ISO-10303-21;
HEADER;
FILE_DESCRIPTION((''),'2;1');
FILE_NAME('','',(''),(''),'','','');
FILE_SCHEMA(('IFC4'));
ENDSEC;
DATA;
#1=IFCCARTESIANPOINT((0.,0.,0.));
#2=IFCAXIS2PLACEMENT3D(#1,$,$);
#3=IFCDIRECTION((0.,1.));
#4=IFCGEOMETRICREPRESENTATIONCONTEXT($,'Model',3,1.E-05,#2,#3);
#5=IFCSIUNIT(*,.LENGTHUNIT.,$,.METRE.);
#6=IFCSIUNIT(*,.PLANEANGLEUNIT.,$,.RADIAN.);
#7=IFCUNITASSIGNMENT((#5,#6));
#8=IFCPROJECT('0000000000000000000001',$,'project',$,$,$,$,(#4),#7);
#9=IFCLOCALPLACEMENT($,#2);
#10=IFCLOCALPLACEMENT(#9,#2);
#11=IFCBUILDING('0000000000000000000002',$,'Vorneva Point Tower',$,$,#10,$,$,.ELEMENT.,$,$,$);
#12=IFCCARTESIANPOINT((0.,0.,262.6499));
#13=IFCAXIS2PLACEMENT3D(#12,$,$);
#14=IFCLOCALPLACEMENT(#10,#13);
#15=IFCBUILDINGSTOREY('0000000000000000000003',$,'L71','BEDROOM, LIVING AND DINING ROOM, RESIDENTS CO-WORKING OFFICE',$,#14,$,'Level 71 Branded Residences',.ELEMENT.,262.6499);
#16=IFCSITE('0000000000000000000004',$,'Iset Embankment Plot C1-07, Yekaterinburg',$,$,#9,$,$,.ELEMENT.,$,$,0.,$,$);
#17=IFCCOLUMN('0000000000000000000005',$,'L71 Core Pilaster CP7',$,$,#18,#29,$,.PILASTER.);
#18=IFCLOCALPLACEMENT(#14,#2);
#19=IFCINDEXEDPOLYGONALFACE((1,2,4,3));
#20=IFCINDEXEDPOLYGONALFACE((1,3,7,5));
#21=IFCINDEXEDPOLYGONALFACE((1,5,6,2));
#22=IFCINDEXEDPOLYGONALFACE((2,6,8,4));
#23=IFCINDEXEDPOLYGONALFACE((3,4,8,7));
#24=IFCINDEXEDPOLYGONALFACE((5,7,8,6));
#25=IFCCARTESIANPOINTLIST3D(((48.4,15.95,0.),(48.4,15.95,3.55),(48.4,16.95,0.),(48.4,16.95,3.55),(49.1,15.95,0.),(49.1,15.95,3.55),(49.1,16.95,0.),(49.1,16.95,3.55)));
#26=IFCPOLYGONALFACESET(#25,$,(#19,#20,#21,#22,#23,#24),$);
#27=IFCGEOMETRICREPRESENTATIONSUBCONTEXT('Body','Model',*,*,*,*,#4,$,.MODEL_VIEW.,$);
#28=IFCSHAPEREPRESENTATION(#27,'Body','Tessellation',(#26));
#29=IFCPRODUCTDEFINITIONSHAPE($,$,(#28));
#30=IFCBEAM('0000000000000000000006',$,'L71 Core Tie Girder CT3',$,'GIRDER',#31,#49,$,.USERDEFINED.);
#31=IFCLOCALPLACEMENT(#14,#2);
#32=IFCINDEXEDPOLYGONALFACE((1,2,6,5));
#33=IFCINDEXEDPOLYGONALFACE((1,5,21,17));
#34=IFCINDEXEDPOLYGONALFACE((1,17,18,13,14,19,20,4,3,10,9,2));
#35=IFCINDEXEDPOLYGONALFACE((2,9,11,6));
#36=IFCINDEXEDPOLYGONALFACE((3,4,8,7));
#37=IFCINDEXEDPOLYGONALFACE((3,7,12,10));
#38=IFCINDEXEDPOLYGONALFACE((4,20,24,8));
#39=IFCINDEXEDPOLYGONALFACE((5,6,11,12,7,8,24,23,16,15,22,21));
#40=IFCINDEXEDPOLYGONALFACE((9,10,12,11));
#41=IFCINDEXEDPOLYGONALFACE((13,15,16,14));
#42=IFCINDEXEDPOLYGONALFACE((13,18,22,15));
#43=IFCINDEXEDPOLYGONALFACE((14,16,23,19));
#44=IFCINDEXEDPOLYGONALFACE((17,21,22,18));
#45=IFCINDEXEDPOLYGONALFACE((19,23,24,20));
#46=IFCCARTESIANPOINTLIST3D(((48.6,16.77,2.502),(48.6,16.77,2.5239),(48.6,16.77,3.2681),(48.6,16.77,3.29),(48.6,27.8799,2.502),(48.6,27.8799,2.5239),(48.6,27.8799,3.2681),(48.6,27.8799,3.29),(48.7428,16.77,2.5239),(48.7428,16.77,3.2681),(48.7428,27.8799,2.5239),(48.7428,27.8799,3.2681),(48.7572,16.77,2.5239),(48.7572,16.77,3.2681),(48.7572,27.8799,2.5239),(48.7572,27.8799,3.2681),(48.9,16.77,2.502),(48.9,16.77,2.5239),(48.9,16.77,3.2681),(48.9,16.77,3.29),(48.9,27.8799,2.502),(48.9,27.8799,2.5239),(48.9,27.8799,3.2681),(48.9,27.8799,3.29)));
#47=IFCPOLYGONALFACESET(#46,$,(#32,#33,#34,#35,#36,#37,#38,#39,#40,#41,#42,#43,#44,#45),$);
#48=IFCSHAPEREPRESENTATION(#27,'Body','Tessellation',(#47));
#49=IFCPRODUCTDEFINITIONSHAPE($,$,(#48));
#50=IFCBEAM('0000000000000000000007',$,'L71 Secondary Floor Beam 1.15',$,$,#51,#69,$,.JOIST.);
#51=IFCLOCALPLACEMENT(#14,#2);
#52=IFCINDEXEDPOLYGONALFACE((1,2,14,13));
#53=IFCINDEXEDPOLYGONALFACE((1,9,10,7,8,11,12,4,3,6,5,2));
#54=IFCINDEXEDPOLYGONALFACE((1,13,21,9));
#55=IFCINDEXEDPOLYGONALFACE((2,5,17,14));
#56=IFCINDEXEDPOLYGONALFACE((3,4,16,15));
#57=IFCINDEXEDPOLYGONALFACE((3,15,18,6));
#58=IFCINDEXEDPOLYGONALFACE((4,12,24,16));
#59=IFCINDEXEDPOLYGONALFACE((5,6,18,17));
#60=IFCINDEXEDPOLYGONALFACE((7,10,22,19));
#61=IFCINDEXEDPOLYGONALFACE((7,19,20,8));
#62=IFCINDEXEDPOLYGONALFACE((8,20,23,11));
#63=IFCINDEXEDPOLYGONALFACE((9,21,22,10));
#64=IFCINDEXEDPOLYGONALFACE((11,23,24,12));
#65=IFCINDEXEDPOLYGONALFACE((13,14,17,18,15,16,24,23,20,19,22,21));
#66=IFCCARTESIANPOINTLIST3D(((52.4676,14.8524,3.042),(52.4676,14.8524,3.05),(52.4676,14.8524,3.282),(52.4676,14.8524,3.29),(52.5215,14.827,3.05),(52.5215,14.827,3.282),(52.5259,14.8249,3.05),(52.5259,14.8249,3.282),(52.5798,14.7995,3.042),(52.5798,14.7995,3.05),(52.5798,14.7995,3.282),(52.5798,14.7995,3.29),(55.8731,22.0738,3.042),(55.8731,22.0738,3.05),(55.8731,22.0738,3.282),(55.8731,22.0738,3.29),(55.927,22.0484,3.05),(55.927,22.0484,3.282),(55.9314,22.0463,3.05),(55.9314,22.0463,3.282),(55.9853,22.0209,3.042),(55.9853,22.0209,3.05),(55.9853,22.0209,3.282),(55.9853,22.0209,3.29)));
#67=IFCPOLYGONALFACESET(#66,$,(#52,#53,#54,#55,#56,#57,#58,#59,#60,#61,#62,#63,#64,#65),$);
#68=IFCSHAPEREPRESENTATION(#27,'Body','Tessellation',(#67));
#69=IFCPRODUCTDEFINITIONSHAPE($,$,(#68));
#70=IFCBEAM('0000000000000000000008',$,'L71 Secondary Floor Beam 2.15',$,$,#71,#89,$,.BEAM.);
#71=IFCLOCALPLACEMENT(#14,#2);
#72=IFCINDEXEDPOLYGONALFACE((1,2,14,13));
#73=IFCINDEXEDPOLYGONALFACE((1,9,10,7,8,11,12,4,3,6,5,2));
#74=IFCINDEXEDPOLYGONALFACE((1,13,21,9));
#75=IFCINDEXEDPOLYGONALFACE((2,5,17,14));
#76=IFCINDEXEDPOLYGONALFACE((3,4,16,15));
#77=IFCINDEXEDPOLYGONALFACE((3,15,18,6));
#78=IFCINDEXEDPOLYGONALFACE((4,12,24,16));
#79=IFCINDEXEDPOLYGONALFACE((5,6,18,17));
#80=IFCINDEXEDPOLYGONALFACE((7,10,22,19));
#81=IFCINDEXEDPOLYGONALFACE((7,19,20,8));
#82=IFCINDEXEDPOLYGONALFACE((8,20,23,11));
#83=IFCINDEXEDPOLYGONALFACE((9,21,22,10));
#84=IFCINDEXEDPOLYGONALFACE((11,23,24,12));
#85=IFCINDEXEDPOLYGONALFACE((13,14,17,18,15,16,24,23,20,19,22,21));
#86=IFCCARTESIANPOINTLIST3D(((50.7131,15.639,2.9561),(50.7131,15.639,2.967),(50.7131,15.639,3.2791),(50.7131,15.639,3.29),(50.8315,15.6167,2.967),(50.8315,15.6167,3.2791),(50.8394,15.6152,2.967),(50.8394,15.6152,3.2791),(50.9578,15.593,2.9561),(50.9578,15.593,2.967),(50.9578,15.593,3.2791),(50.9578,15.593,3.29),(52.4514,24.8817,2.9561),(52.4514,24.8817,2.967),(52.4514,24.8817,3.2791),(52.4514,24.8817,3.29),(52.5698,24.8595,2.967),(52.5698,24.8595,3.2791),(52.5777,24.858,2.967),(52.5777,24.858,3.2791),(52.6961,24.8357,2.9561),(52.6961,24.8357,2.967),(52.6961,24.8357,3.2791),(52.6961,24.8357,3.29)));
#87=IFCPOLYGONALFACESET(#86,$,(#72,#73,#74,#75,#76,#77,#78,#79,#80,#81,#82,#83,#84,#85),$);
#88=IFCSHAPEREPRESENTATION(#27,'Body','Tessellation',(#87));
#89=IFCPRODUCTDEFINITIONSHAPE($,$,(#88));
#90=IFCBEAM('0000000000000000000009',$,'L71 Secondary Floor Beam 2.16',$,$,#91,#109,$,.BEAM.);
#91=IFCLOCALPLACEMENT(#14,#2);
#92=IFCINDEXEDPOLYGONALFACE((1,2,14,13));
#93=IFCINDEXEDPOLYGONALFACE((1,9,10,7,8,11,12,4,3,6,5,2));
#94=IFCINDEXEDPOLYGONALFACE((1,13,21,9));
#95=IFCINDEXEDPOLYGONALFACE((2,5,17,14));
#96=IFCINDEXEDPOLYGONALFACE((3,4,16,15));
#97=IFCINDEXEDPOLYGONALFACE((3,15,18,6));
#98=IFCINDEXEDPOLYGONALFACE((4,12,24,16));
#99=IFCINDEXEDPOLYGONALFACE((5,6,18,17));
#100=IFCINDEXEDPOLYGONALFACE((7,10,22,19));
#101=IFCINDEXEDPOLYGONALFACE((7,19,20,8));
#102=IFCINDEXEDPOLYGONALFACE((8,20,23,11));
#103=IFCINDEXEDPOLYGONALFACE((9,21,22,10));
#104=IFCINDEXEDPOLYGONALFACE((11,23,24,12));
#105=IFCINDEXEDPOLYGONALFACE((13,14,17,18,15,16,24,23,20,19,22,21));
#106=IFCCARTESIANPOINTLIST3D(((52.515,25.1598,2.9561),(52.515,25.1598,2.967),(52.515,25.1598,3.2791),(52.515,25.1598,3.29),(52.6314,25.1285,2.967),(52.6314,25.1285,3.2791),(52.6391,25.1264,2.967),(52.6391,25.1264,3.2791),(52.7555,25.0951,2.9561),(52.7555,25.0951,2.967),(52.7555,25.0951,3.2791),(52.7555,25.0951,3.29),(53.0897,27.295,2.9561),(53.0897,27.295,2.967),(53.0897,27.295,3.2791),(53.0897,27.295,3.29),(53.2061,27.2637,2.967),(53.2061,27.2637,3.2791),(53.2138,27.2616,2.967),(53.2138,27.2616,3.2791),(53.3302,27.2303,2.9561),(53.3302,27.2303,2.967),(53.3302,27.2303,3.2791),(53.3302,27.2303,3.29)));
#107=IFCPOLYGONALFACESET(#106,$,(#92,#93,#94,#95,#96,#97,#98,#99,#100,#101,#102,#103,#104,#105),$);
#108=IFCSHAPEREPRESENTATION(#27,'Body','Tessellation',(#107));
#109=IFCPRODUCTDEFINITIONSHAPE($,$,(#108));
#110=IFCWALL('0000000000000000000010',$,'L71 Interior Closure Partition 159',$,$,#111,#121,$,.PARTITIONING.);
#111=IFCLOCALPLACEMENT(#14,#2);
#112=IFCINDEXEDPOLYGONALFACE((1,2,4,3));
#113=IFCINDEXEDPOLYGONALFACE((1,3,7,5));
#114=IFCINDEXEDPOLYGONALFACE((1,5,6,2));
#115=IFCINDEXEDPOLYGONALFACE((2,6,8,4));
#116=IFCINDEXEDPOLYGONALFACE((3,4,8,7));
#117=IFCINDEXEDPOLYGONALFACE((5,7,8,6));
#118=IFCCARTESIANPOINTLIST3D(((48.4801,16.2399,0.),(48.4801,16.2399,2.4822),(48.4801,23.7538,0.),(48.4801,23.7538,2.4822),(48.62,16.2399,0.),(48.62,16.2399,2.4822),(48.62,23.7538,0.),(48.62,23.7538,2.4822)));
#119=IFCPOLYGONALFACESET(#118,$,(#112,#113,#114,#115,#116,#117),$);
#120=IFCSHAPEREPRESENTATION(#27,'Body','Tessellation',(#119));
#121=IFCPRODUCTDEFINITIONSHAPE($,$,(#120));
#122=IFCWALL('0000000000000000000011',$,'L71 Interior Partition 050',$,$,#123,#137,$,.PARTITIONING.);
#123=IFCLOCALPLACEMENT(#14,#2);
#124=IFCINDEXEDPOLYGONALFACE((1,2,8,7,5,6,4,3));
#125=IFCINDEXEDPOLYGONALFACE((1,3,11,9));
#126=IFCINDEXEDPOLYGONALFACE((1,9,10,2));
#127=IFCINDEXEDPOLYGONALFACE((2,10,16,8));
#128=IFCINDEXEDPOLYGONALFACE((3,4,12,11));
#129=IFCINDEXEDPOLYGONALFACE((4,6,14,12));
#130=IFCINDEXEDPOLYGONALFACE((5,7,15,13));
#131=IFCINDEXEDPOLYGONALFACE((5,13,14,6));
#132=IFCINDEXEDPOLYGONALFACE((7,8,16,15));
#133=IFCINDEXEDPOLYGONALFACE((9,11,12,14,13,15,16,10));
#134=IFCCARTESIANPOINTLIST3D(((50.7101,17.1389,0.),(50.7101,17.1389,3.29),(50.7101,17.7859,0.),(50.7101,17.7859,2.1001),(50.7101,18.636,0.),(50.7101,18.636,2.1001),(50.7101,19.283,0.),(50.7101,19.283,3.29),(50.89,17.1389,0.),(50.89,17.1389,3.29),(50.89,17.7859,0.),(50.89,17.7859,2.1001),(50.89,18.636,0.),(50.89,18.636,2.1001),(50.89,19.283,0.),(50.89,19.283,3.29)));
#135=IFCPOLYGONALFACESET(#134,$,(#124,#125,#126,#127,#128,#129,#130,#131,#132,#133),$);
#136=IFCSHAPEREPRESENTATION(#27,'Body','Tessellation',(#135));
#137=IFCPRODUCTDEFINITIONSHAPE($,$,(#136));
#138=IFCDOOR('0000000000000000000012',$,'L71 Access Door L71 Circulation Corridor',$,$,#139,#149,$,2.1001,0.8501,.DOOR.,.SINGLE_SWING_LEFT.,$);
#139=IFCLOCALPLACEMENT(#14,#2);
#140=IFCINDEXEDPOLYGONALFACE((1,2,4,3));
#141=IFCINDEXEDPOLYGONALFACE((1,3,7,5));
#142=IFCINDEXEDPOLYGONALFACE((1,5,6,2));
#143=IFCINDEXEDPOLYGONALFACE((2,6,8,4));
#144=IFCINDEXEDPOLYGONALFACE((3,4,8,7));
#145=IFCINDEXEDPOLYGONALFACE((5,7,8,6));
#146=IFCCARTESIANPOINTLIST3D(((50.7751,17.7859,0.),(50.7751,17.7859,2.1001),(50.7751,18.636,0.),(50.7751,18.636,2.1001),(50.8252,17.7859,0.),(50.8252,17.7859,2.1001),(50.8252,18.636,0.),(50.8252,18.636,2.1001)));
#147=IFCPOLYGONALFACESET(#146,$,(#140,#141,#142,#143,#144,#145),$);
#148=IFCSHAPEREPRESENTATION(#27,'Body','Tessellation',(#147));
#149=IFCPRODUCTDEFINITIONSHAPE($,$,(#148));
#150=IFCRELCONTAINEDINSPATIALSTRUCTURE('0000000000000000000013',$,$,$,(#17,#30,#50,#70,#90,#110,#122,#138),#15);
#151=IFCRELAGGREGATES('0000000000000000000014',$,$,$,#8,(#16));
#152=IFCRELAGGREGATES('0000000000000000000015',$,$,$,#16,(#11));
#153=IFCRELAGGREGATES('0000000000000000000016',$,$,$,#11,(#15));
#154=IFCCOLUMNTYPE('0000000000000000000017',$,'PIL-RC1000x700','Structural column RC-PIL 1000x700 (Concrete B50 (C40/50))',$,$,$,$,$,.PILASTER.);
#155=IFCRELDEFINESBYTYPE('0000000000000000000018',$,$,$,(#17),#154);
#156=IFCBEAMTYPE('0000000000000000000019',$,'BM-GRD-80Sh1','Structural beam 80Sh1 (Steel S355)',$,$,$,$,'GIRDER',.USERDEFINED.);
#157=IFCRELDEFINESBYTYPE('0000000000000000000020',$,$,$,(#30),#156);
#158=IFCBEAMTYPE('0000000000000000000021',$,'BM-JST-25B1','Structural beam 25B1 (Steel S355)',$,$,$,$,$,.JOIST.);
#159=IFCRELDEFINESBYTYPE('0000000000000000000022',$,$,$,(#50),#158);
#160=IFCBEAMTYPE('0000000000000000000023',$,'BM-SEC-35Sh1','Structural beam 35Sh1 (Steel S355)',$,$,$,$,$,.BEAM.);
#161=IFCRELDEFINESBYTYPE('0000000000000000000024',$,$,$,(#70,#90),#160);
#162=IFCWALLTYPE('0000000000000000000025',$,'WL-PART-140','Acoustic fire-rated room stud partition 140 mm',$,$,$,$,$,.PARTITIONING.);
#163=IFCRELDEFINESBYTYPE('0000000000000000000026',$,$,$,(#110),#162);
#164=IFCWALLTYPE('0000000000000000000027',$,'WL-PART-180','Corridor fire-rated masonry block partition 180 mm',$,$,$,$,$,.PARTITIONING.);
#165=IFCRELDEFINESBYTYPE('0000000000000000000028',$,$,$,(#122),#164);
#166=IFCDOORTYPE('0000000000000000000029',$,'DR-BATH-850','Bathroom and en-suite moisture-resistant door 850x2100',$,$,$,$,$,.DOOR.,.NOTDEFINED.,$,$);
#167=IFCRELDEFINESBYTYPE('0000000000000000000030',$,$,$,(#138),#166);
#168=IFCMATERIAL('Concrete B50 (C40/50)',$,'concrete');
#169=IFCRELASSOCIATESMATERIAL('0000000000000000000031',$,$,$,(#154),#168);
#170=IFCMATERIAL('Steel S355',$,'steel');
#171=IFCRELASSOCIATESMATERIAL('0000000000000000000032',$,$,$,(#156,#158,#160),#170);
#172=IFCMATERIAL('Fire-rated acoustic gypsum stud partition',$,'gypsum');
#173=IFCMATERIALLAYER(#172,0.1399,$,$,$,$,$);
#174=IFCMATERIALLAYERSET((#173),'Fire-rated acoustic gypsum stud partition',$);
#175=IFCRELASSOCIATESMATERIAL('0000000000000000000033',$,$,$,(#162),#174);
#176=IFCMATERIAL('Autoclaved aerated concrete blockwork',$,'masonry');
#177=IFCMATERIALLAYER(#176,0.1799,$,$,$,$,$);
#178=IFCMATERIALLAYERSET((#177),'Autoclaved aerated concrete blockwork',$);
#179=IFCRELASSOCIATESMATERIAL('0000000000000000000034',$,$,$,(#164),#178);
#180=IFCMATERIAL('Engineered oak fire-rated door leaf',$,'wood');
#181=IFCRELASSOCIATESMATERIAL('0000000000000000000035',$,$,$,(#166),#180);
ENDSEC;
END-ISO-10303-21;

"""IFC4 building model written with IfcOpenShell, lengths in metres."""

from ifc_helpers import new_model, si_unit, direction, frame, frame_2d, origin, origin_2d, place, context, subcontext, project, spatial, rectangle, i_section, extrude, material, layer, layer_set, material_profile, profile_set, type_object, element, fill, save


model = new_model("IFC4")

# Units and contexts
model_context = context("Model", 3, precision=1e-05, world=origin(), true_north=direction((0.0, 1.0)))
body_context = subcontext(model_context, "Body", "Model", "MODEL_VIEW")
ifc_project = project(units=[si_unit("LENGTHUNIT", "METRE"), si_unit("PLANEANGLEUNIT", "RADIAN")], contexts=[model_context])

# Site, building, storey
site_placement = place(None, origin())
site = spatial("IfcSite", under=ifc_project, at=site_placement, Name="Iset Embankment Plot C1-07, Yekaterinburg", CompositionType="ELEMENT", RefElevation=0.0)
building_placement = place(site_placement, origin())
building = spatial("IfcBuilding", under=site, at=building_placement, Name="Vorneva Point Tower", CompositionType="ELEMENT")
storey_placement = place(building_placement, frame((0.0, 0.0, 262.6499)))
storey = spatial("IfcBuildingStorey", under=building, at=storey_placement, Name="L71", Description="BEDROOM, LIVING AND DINING ROOM, RESIDENTS CO-WORKING OFFICE", LongName="Level 71 Branded Residences", CompositionType="ELEMENT", Elevation=262.6499)

# Column
ifc_material_1 = material(Name="Concrete B50 (C40/50)", Category="concrete")
ifc_material_profile_1 = material_profile(ifc_material_1, rectangle(XDim=0.7, YDim=1.0, at=origin_2d()), Name="RC-PIL 1000x700")
ifc_profile_set_1 = profile_set([ifc_material_profile_1], Name="Concrete B50 (C40/50)")
column_type = type_object("IfcColumnType", Name="PIL-RC1000x700", Description="Structural column RC-PIL 1000x700 (Concrete B50 (C40/50))", PredefinedType="PILASTER", material=ifc_profile_set_1)
column_placement = place(storey_placement, frame((48.75, 16.45, 0.0), z_axis=(0.0, 0.0, 1.0), x_axis=(1.0, 0.0, 0.0)))
element("IfcColumn", 1, at=column_placement, inside=storey, type_object=column_type, Name="L71 Core Pilaster CP7", PredefinedType="PILASTER", context=body_context, shape_type="SweptSolid", body=[
    extrude(rectangle(XDim=0.7, YDim=1.0, at=origin_2d()), origin(), (0.0, 0.0, 1.0), 3.55),
])

# Beams
ifc_material_2 = material(Name="Steel S355", Category="steel")
ifc_material_profile_2 = material_profile(ifc_material_2, i_section(OverallWidth=0.3, OverallDepth=0.7881, WebThickness=0.0144, FlangeThickness=0.022, at=origin_2d()), Name="80Sh1")
ifc_profile_set_2 = profile_set([ifc_material_profile_2], Name="Steel S355")
beam_type_1 = type_object("IfcBeamType", Name="BM-GRD-80Sh1", Description="Structural beam 80Sh1 (Steel S355)", ElementType="GIRDER", PredefinedType="USERDEFINED", material=ifc_profile_set_2)
beam_1_placement = place(storey_placement, frame((48.75, 16.77, 2.896), z_axis=(0.0, 1.0, 0.0), x_axis=(-1.0, 0.0, 0.0)))
element("IfcBeam", 2, at=beam_1_placement, inside=storey, type_object=beam_type_1, Name="L71 Core Tie Girder CT3", ObjectType="GIRDER", PredefinedType="USERDEFINED", context=body_context, shape_type="SweptSolid", body=[
    extrude(i_section(OverallWidth=0.3, OverallDepth=0.7881, WebThickness=0.0144, FlangeThickness=0.022, at=origin_2d()), origin(), (0.0, 0.0, 1.0), 11.1099),
])
ifc_material_profile_3 = material_profile(ifc_material_2, i_section(OverallWidth=0.124, OverallDepth=0.248, WebThickness=0.0049, FlangeThickness=0.0081, at=origin_2d()), Name="25B1")
ifc_profile_set_3 = profile_set([ifc_material_profile_3], Name="Steel S355")
beam_type_2 = type_object("IfcBeamType", Name="BM-JST-25B1", Description="Structural beam 25B1 (Steel S355)", PredefinedType="JOIST", material=ifc_profile_set_3)
beam_2_placement = place(storey_placement, frame((52.5237, 14.8259, 3.166), z_axis=(0.426535, 0.904471, 0.0), x_axis=(-0.904471, 0.426535, 0.0)))
element("IfcBeam", 3, at=beam_2_placement, inside=storey, type_object=beam_type_2, Name="L71 Secondary Floor Beam 1.15", PredefinedType="JOIST", context=body_context, shape_type="SweptSolid", body=[
    extrude(i_section(OverallWidth=0.124, OverallDepth=0.248, WebThickness=0.0049, FlangeThickness=0.0081, at=origin_2d()), origin(), (0.0, 0.0, 1.0), 7.9841),
])
ifc_material_profile_4 = material_profile(ifc_material_2, i_section(OverallWidth=0.249, OverallDepth=0.334, WebThickness=0.0081, FlangeThickness=0.011, at=origin_2d()), Name="35Sh1")
ifc_profile_set_4 = profile_set([ifc_material_profile_4], Name="Steel S355")
beam_type_3 = type_object("IfcBeamType", Name="BM-SEC-35Sh1", Description="Structural beam 35Sh1 (Steel S355)", PredefinedType="BEAM", material=ifc_profile_set_4)
beam_3_placement = place(storey_placement, frame((50.8354, 15.616, 3.123), z_axis=(0.184831, 0.98277, 0.0), x_axis=(-0.98277, 0.184831, 0.0)))
element("IfcBeam", 4, at=beam_3_placement, inside=storey, type_object=beam_type_3, Name="L71 Secondary Floor Beam 2.15", PredefinedType="BEAM", context=body_context, shape_type="SweptSolid", body=[
    extrude(i_section(OverallWidth=0.249, OverallDepth=0.334, WebThickness=0.0081, FlangeThickness=0.011, at=origin_2d()), origin(), (0.0, 0.0, 1.0), 9.4048),
])
beam_4_placement = place(storey_placement, frame((52.6353, 25.1274, 3.123), z_axis=(0.259902, 0.965635, 0.0), x_axis=(-0.965635, 0.259902, 0.0)))
element("IfcBeam", 5, at=beam_4_placement, inside=storey, type_object=beam_type_3, Name="L71 Secondary Floor Beam 2.16", PredefinedType="BEAM", context=body_context, shape_type="SweptSolid", body=[
    extrude(i_section(OverallWidth=0.249, OverallDepth=0.334, WebThickness=0.0081, FlangeThickness=0.011, at=origin_2d()), origin(), (0.0, 0.0, 1.0), 2.2112),
])

# Wall
ifc_material_3 = material(Name="Fire-rated acoustic gypsum stud partition", Category="gypsum")
ifc_layer_1 = layer(ifc_material_3, 0.1399)
ifc_layer_set_1 = layer_set([ifc_layer_1], Name="Fire-rated acoustic gypsum stud partition")
wall_type_1 = type_object("IfcWallType", Name="WL-PART-140", Description="Acoustic fire-rated room stud partition 140 mm", PredefinedType="PARTITIONING", material=ifc_layer_set_1)
wall_1_placement = place(storey_placement, frame((48.55, 16.24, 0.0), z_axis=(0.0, 0.0, 1.0), x_axis=(0.0, 1.0, 0.0)))
element("IfcWall", 6, at=wall_1_placement, inside=storey, type_object=wall_type_1, Name="L71 Interior Closure Partition 159", PredefinedType="PARTITIONING", context=body_context, shape_type="SweptSolid", body=[
    extrude(rectangle(XDim=7.5139, YDim=0.1399, at=frame_2d((3.7568, 0.0))), origin(), (0.0, 0.0, 1.0), 2.4822),
])

# Wall, opening, door
ifc_material_4 = material(Name="Autoclaved aerated concrete blockwork", Category="masonry")
ifc_layer_2 = layer(ifc_material_4, 0.1799)
ifc_layer_set_2 = layer_set([ifc_layer_2], Name="Autoclaved aerated concrete blockwork")
wall_type_2 = type_object("IfcWallType", Name="WL-PART-180", Description="Corridor fire-rated masonry block partition 180 mm", PredefinedType="PARTITIONING", material=ifc_layer_set_2)
wall_2_placement = place(storey_placement, frame((50.8, 17.1389, 0.0), z_axis=(0.0, 0.0, 1.0), x_axis=(0.0, 1.0, 0.0)))
wall_2 = element("IfcWall", 7, at=wall_2_placement, inside=storey, type_object=wall_type_2, Name="L71 Interior Partition 050", PredefinedType="PARTITIONING", context=body_context, shape_type="SweptSolid", body=[
    extrude(rectangle(XDim=2.144, YDim=0.1799, at=frame_2d((1.072, 0.0))), origin(), (0.0, 0.0, 1.0), 3.29),
])
opening_1_placement = place(wall_2_placement, frame((0.647, 0.0, 0.0)))
opening_1 = element("IfcOpeningElement", 8, at=opening_1_placement, cuts=wall_2, PredefinedType="OPENING", context=body_context, shape_type="SweptSolid", body=[
    extrude(rectangle(XDim=0.8501, YDim=2.1001, at=frame_2d((0.425, 1.05))), frame((0.0, 0.105, 0.0), z_axis=(0.0, -1.0, 0.0), x_axis=(1.0, 0.0, 0.0)), (0.0, 0.0, 1.0), 0.2097),
])
ifc_material_5 = material(Name="Engineered oak fire-rated door leaf", Category="wood")
door_type_1 = type_object("IfcDoorType", Name="DR-BATH-850", Description="Bathroom and en-suite moisture-resistant door 850x2100", OperationType="NOTDEFINED", PredefinedType="DOOR", material=ifc_material_5)
door_1_placement = place(opening_1_placement, origin())
door_1 = element("IfcDoor", 9, at=door_1_placement, inside=storey, type_object=door_type_1, Name="L71 Access Door L71 Circulation Corridor", OperationType="SINGLE_SWING_LEFT", OverallHeight=2.1001, OverallWidth=0.8501, PredefinedType="DOOR", context=body_context, shape_type="SweptSolid", body=[
    extrude(rectangle(XDim=0.8501, YDim=2.1001, at=frame_2d((0.425, 1.05))), frame((0.0, 0.0249, 0.0), z_axis=(0.0, -1.0, 0.0), x_axis=(1.0, 0.0, 0.0)), (0.0, 0.0, 1.0), 0.05),
])
fill(opening_1, door_1)

save(model, "model.ifc")
